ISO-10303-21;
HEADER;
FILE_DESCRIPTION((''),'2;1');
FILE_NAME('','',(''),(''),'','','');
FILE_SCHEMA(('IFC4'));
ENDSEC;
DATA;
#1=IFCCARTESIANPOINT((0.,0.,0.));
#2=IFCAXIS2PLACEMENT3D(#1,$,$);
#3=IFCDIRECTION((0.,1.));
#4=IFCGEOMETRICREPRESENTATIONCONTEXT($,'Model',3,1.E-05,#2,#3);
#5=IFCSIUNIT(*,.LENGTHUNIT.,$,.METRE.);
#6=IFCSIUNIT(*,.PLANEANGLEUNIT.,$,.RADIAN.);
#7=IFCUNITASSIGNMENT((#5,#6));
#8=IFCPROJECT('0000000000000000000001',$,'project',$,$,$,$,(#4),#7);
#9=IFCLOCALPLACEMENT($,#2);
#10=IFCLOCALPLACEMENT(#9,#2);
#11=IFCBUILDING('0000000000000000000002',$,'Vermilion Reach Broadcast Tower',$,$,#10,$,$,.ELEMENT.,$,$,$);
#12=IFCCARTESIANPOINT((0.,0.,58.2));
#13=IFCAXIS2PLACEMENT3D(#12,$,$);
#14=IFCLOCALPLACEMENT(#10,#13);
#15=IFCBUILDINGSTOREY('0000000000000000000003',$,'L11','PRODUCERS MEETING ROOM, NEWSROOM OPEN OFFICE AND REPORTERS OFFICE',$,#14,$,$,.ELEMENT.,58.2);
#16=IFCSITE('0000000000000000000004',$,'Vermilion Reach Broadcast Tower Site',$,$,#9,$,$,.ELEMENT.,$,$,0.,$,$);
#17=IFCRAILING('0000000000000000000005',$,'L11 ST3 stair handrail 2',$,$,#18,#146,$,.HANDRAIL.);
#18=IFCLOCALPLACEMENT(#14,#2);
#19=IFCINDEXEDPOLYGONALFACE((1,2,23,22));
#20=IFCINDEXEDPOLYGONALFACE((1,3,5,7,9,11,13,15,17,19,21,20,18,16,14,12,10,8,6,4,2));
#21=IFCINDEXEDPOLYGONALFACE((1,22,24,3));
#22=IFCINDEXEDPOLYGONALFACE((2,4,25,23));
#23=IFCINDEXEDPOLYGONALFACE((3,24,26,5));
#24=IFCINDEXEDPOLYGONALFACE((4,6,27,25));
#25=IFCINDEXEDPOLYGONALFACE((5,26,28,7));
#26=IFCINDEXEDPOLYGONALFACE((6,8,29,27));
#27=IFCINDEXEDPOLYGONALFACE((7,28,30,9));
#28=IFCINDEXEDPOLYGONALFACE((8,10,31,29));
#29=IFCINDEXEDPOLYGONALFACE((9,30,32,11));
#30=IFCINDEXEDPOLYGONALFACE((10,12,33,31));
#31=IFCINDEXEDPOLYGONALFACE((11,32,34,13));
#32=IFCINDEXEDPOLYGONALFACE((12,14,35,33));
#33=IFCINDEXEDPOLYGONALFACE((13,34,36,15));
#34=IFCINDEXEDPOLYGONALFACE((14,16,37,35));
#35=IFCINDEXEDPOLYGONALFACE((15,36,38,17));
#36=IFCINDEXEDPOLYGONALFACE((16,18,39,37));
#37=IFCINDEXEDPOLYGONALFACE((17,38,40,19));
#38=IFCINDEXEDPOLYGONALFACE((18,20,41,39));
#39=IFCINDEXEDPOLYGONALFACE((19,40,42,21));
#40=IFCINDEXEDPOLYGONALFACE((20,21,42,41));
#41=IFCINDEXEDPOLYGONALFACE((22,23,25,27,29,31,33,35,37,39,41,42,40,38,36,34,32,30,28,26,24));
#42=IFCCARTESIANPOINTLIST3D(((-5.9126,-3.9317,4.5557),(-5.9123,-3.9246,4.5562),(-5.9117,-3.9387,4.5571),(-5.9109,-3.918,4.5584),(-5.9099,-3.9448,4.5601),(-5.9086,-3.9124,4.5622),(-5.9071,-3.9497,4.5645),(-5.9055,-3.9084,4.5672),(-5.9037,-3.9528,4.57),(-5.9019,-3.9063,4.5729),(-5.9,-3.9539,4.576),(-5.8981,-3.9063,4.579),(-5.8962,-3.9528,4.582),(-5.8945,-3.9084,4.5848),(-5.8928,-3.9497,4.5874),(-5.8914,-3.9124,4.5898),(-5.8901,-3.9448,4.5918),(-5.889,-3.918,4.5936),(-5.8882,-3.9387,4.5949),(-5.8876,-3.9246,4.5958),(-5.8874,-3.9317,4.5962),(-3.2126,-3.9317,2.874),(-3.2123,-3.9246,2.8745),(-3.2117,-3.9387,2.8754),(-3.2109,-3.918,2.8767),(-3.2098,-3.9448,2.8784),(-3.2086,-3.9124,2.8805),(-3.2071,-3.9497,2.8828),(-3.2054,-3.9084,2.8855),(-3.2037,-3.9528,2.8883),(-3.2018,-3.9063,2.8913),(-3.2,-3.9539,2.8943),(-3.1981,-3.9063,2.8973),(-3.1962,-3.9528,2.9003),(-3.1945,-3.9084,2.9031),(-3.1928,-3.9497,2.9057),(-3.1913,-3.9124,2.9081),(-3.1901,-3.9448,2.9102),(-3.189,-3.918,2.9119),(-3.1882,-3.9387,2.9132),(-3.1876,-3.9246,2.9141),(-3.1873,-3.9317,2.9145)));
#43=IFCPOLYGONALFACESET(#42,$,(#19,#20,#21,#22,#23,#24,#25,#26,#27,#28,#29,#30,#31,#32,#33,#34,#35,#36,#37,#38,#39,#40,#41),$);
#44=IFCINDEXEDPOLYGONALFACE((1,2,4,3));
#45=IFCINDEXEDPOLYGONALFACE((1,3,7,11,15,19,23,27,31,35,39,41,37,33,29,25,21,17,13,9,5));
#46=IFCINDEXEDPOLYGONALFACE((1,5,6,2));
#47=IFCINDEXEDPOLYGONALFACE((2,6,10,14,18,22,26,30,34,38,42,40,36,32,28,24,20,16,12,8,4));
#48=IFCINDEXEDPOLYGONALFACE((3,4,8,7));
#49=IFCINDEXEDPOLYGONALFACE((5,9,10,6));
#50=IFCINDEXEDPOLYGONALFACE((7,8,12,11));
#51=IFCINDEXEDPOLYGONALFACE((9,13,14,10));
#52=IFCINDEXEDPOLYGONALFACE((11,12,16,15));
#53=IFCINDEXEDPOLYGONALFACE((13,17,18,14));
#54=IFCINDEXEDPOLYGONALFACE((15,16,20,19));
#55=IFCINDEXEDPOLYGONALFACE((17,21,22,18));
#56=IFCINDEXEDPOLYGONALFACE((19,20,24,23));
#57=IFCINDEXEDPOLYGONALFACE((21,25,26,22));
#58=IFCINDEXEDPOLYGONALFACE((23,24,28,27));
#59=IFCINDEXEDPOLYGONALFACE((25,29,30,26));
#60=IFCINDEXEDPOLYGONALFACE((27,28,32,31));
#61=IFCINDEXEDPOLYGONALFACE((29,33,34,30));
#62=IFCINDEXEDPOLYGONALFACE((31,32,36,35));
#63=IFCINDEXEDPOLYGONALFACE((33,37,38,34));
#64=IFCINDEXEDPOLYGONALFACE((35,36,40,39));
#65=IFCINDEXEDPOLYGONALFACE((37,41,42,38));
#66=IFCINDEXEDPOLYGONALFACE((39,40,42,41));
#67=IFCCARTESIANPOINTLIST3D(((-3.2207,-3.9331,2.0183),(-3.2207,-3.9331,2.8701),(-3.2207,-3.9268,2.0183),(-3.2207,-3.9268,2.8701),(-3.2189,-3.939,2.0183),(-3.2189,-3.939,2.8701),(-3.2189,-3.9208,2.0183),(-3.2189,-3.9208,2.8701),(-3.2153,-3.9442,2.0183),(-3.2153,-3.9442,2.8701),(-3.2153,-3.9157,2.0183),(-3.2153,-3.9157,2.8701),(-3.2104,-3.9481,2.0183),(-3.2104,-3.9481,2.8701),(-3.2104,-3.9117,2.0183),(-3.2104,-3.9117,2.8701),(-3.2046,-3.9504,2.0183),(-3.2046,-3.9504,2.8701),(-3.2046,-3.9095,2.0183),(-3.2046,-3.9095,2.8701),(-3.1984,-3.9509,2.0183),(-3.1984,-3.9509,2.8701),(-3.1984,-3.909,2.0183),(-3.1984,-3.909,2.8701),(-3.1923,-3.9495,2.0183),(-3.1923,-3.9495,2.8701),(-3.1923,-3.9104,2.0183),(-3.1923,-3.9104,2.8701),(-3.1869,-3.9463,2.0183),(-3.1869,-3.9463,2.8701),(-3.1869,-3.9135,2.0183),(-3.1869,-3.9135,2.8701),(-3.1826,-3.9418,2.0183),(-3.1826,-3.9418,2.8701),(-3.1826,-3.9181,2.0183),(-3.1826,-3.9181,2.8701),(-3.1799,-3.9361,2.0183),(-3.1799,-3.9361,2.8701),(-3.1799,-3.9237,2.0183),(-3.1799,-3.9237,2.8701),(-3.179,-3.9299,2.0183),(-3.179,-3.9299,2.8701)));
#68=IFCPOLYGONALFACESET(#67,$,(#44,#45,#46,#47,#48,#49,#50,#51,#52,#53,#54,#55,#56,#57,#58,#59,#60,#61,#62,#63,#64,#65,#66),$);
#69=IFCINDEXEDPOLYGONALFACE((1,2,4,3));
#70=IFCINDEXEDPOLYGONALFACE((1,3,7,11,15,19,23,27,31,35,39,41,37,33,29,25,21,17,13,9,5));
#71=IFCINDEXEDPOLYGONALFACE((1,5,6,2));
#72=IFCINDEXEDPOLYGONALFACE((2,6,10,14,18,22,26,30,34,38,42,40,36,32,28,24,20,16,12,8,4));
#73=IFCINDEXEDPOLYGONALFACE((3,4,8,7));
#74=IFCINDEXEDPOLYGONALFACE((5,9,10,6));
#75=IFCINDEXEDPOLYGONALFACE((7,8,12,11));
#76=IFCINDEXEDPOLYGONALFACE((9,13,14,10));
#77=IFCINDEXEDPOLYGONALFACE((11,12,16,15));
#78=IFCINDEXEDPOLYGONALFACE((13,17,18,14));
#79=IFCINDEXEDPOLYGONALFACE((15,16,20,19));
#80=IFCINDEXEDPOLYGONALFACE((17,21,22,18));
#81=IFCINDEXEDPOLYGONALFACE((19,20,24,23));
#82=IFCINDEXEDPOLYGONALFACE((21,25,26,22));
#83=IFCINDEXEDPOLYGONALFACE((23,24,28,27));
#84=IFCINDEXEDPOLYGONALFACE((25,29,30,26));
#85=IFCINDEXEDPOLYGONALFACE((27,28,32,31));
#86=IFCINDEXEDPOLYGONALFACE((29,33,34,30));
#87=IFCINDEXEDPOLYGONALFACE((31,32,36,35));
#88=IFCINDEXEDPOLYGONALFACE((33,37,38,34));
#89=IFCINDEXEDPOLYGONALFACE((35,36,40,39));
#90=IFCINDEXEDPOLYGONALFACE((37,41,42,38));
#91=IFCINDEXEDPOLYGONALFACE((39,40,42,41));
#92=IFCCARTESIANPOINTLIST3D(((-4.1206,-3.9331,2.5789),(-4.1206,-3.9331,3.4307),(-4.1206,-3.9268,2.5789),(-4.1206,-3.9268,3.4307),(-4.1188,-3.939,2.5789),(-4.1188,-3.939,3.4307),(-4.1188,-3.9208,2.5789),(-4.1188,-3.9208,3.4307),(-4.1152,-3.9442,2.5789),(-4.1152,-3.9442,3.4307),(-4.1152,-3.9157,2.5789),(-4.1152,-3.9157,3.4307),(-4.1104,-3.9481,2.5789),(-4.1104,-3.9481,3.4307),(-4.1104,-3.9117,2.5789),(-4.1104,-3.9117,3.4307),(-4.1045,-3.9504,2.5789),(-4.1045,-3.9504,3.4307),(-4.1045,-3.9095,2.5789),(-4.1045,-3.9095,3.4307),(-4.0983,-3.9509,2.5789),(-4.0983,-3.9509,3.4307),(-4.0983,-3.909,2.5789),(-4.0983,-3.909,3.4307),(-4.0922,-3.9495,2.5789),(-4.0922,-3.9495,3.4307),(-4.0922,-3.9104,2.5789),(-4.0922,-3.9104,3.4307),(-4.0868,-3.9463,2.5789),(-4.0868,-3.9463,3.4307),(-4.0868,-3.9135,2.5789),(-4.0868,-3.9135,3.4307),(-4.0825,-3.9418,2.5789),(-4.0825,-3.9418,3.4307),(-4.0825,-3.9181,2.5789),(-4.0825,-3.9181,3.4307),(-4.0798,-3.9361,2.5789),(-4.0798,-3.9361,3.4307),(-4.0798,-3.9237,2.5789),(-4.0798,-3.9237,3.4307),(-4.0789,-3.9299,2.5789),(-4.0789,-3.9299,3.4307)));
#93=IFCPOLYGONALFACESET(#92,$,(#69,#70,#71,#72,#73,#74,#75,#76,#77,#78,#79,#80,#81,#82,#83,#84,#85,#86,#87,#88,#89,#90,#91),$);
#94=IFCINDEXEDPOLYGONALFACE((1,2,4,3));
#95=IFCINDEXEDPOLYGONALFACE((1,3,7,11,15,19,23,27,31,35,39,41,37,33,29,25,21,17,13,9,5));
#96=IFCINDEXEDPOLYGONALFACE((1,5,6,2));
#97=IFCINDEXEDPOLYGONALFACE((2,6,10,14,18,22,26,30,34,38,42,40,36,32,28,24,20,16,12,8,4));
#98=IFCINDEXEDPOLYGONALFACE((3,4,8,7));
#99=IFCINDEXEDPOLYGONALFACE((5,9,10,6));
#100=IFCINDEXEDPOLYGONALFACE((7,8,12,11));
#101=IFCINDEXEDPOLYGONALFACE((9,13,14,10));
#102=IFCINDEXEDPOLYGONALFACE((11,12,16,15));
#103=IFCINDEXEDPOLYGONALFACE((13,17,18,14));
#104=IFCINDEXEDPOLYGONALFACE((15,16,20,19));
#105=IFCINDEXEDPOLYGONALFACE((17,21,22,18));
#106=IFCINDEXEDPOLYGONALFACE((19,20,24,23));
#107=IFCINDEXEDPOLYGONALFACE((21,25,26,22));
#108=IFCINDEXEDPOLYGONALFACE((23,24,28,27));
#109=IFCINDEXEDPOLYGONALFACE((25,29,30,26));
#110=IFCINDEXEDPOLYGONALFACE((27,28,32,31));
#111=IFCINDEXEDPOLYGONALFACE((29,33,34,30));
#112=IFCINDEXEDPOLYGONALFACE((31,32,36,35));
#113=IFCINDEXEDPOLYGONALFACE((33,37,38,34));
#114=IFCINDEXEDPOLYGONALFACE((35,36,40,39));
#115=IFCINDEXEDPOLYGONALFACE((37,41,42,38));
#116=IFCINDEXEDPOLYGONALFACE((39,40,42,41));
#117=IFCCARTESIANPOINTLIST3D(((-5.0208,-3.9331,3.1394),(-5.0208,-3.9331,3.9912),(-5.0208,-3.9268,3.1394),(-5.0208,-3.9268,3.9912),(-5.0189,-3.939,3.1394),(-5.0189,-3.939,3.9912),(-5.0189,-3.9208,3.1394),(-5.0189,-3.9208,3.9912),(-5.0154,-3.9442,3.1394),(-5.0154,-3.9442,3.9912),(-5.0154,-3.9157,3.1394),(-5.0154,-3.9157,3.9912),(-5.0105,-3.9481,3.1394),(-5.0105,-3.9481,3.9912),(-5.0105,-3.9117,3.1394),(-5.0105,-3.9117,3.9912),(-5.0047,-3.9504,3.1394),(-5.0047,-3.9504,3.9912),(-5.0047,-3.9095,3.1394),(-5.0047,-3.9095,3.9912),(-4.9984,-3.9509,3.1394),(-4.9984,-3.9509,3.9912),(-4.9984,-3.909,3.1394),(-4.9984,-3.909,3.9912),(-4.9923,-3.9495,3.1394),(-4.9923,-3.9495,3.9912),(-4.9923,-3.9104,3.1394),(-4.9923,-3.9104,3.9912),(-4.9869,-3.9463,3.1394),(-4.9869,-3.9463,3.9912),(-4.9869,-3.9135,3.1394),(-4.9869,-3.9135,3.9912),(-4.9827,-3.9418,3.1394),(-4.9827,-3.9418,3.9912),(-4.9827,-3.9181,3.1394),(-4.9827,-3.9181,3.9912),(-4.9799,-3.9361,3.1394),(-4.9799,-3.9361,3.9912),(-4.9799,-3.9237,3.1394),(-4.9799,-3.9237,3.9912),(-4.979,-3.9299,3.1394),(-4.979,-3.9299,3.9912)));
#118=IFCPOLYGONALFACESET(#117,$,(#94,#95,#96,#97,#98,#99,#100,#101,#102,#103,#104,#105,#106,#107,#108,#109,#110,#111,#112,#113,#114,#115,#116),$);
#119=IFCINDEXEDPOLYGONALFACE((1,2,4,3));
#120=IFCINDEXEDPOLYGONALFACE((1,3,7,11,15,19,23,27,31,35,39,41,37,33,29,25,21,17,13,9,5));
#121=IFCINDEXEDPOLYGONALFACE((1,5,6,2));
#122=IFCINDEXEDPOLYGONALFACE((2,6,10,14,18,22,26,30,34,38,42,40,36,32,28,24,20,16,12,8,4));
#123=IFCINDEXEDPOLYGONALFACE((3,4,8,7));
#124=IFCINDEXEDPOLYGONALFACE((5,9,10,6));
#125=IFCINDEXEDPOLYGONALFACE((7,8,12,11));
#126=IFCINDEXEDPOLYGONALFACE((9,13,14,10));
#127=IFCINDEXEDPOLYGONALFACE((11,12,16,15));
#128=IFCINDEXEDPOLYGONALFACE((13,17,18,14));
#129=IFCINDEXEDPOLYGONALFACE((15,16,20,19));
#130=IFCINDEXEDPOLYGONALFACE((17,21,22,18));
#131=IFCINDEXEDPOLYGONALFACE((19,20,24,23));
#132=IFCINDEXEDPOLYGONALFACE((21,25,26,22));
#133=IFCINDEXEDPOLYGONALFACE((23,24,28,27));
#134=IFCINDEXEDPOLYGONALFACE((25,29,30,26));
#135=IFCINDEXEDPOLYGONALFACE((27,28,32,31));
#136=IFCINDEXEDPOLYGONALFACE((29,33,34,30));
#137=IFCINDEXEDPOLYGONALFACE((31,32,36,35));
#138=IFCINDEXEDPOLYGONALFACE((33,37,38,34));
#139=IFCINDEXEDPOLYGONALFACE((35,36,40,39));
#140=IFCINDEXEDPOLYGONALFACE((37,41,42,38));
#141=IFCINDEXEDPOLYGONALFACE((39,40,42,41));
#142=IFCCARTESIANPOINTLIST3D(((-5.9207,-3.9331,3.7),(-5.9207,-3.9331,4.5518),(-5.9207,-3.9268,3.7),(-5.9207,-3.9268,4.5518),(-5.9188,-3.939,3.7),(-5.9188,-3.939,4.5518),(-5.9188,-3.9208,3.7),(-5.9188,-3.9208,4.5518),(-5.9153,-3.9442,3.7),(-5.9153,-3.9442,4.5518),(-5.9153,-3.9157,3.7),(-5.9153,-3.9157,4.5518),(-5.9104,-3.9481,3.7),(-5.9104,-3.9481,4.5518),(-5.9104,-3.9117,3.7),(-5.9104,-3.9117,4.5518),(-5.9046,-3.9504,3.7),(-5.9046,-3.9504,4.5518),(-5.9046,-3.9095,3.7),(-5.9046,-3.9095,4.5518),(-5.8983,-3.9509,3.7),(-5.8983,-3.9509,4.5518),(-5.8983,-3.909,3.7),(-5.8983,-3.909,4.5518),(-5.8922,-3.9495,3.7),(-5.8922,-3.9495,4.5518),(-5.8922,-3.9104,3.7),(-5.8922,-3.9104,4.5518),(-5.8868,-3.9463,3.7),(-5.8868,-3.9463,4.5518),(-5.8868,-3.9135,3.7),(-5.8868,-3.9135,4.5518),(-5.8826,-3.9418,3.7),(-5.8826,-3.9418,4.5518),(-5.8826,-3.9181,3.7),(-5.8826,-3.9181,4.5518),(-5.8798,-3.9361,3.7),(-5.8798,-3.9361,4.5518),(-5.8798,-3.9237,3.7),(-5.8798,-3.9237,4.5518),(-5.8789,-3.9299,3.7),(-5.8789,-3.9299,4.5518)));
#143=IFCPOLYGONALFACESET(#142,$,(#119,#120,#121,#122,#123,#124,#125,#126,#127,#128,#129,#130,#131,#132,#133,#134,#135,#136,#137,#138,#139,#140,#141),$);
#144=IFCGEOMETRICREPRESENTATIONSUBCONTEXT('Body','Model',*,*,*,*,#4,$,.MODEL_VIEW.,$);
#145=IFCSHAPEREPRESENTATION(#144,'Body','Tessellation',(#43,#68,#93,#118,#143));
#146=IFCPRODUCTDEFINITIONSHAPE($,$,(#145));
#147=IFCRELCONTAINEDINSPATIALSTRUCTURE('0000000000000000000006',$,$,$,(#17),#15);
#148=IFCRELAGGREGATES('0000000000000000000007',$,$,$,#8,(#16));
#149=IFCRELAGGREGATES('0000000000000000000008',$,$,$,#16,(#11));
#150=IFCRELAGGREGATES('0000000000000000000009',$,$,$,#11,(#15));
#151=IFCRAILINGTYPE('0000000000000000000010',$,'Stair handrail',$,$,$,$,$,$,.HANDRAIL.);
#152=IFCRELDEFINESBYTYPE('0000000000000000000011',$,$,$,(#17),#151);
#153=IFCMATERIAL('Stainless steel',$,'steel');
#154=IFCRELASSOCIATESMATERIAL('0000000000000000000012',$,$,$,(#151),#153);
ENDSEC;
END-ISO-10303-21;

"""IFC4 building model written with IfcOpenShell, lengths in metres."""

from ifc_helpers import new_model, si_unit, direction, frame, origin, origin_2d, place, context, subcontext, project, spatial, circle, extrude, material, type_object, element, save


model = new_model("IFC4")

# Units and contexts
model_context = context("Model", 3, precision=1e-05, world=origin(), true_north=direction((0.0, 1.0)))
body_context = subcontext(model_context, "Body", "Model", "MODEL_VIEW")
ifc_project = project(units=[si_unit("LENGTHUNIT", "METRE"), si_unit("PLANEANGLEUNIT", "RADIAN")], contexts=[model_context])

# Site, building, storey
site_placement = place(None, origin())
site = spatial("IfcSite", under=ifc_project, at=site_placement, Name="Vermilion Reach Broadcast Tower Site", CompositionType="ELEMENT", RefElevation=0.0)
building_placement = place(site_placement, origin())
building = spatial("IfcBuilding", under=site, at=building_placement, Name="Vermilion Reach Broadcast Tower", CompositionType="ELEMENT")
storey_placement = place(building_placement, frame((0.0, 0.0, 58.2)))
storey = spatial("IfcBuildingStorey", under=building, at=storey_placement, Name="L11", Description="PRODUCERS MEETING ROOM, NEWSROOM OPEN OFFICE AND REPORTERS OFFICE", CompositionType="ELEMENT", Elevation=58.2)

# Railing
ifc_material_1 = material(Name="Stainless steel", Category="steel")
railing_type_1 = type_object("IfcRailingType", Name="Stair handrail", PredefinedType="HANDRAIL", material=ifc_material_1)
railing_1_placement = place(storey_placement, frame((-3.2, -3.9299, 2.0183)))
element("IfcRailing", 1, at=railing_1_placement, inside=storey, type_object=railing_type_1, Name="L11 ST3 stair handrail 2", PredefinedType="HANDRAIL", context=body_context, shape_type="SweptSolid", body=[
    extrude(circle(Radius=0.0239, at=origin_2d()), frame((0.0, 0.0, 0.876), z_axis=(-0.848821, 0.0, 0.528681), x_axis=(0.0, -1.0, 0.0)), (0.0, 0.0, 1.0), 3.1809),
    extrude(circle(Radius=0.021, at=origin_2d()), origin(), (0.0, 0.0, 1.0), 0.8518),
    extrude(circle(Radius=0.021, at=origin_2d()), frame((-0.8999, 0.0, 0.5605)), (0.0, 0.0, 1.0), 0.8518),
    extrude(circle(Radius=0.021, at=origin_2d()), frame((-1.8, 0.0, 1.1211)), (0.0, 0.0, 1.0), 0.8518),
    extrude(circle(Radius=0.021, at=origin_2d()), frame((-2.7, 0.0, 1.6816)), (0.0, 0.0, 1.0), 0.8518),
])

save(model, "model.ifc")
